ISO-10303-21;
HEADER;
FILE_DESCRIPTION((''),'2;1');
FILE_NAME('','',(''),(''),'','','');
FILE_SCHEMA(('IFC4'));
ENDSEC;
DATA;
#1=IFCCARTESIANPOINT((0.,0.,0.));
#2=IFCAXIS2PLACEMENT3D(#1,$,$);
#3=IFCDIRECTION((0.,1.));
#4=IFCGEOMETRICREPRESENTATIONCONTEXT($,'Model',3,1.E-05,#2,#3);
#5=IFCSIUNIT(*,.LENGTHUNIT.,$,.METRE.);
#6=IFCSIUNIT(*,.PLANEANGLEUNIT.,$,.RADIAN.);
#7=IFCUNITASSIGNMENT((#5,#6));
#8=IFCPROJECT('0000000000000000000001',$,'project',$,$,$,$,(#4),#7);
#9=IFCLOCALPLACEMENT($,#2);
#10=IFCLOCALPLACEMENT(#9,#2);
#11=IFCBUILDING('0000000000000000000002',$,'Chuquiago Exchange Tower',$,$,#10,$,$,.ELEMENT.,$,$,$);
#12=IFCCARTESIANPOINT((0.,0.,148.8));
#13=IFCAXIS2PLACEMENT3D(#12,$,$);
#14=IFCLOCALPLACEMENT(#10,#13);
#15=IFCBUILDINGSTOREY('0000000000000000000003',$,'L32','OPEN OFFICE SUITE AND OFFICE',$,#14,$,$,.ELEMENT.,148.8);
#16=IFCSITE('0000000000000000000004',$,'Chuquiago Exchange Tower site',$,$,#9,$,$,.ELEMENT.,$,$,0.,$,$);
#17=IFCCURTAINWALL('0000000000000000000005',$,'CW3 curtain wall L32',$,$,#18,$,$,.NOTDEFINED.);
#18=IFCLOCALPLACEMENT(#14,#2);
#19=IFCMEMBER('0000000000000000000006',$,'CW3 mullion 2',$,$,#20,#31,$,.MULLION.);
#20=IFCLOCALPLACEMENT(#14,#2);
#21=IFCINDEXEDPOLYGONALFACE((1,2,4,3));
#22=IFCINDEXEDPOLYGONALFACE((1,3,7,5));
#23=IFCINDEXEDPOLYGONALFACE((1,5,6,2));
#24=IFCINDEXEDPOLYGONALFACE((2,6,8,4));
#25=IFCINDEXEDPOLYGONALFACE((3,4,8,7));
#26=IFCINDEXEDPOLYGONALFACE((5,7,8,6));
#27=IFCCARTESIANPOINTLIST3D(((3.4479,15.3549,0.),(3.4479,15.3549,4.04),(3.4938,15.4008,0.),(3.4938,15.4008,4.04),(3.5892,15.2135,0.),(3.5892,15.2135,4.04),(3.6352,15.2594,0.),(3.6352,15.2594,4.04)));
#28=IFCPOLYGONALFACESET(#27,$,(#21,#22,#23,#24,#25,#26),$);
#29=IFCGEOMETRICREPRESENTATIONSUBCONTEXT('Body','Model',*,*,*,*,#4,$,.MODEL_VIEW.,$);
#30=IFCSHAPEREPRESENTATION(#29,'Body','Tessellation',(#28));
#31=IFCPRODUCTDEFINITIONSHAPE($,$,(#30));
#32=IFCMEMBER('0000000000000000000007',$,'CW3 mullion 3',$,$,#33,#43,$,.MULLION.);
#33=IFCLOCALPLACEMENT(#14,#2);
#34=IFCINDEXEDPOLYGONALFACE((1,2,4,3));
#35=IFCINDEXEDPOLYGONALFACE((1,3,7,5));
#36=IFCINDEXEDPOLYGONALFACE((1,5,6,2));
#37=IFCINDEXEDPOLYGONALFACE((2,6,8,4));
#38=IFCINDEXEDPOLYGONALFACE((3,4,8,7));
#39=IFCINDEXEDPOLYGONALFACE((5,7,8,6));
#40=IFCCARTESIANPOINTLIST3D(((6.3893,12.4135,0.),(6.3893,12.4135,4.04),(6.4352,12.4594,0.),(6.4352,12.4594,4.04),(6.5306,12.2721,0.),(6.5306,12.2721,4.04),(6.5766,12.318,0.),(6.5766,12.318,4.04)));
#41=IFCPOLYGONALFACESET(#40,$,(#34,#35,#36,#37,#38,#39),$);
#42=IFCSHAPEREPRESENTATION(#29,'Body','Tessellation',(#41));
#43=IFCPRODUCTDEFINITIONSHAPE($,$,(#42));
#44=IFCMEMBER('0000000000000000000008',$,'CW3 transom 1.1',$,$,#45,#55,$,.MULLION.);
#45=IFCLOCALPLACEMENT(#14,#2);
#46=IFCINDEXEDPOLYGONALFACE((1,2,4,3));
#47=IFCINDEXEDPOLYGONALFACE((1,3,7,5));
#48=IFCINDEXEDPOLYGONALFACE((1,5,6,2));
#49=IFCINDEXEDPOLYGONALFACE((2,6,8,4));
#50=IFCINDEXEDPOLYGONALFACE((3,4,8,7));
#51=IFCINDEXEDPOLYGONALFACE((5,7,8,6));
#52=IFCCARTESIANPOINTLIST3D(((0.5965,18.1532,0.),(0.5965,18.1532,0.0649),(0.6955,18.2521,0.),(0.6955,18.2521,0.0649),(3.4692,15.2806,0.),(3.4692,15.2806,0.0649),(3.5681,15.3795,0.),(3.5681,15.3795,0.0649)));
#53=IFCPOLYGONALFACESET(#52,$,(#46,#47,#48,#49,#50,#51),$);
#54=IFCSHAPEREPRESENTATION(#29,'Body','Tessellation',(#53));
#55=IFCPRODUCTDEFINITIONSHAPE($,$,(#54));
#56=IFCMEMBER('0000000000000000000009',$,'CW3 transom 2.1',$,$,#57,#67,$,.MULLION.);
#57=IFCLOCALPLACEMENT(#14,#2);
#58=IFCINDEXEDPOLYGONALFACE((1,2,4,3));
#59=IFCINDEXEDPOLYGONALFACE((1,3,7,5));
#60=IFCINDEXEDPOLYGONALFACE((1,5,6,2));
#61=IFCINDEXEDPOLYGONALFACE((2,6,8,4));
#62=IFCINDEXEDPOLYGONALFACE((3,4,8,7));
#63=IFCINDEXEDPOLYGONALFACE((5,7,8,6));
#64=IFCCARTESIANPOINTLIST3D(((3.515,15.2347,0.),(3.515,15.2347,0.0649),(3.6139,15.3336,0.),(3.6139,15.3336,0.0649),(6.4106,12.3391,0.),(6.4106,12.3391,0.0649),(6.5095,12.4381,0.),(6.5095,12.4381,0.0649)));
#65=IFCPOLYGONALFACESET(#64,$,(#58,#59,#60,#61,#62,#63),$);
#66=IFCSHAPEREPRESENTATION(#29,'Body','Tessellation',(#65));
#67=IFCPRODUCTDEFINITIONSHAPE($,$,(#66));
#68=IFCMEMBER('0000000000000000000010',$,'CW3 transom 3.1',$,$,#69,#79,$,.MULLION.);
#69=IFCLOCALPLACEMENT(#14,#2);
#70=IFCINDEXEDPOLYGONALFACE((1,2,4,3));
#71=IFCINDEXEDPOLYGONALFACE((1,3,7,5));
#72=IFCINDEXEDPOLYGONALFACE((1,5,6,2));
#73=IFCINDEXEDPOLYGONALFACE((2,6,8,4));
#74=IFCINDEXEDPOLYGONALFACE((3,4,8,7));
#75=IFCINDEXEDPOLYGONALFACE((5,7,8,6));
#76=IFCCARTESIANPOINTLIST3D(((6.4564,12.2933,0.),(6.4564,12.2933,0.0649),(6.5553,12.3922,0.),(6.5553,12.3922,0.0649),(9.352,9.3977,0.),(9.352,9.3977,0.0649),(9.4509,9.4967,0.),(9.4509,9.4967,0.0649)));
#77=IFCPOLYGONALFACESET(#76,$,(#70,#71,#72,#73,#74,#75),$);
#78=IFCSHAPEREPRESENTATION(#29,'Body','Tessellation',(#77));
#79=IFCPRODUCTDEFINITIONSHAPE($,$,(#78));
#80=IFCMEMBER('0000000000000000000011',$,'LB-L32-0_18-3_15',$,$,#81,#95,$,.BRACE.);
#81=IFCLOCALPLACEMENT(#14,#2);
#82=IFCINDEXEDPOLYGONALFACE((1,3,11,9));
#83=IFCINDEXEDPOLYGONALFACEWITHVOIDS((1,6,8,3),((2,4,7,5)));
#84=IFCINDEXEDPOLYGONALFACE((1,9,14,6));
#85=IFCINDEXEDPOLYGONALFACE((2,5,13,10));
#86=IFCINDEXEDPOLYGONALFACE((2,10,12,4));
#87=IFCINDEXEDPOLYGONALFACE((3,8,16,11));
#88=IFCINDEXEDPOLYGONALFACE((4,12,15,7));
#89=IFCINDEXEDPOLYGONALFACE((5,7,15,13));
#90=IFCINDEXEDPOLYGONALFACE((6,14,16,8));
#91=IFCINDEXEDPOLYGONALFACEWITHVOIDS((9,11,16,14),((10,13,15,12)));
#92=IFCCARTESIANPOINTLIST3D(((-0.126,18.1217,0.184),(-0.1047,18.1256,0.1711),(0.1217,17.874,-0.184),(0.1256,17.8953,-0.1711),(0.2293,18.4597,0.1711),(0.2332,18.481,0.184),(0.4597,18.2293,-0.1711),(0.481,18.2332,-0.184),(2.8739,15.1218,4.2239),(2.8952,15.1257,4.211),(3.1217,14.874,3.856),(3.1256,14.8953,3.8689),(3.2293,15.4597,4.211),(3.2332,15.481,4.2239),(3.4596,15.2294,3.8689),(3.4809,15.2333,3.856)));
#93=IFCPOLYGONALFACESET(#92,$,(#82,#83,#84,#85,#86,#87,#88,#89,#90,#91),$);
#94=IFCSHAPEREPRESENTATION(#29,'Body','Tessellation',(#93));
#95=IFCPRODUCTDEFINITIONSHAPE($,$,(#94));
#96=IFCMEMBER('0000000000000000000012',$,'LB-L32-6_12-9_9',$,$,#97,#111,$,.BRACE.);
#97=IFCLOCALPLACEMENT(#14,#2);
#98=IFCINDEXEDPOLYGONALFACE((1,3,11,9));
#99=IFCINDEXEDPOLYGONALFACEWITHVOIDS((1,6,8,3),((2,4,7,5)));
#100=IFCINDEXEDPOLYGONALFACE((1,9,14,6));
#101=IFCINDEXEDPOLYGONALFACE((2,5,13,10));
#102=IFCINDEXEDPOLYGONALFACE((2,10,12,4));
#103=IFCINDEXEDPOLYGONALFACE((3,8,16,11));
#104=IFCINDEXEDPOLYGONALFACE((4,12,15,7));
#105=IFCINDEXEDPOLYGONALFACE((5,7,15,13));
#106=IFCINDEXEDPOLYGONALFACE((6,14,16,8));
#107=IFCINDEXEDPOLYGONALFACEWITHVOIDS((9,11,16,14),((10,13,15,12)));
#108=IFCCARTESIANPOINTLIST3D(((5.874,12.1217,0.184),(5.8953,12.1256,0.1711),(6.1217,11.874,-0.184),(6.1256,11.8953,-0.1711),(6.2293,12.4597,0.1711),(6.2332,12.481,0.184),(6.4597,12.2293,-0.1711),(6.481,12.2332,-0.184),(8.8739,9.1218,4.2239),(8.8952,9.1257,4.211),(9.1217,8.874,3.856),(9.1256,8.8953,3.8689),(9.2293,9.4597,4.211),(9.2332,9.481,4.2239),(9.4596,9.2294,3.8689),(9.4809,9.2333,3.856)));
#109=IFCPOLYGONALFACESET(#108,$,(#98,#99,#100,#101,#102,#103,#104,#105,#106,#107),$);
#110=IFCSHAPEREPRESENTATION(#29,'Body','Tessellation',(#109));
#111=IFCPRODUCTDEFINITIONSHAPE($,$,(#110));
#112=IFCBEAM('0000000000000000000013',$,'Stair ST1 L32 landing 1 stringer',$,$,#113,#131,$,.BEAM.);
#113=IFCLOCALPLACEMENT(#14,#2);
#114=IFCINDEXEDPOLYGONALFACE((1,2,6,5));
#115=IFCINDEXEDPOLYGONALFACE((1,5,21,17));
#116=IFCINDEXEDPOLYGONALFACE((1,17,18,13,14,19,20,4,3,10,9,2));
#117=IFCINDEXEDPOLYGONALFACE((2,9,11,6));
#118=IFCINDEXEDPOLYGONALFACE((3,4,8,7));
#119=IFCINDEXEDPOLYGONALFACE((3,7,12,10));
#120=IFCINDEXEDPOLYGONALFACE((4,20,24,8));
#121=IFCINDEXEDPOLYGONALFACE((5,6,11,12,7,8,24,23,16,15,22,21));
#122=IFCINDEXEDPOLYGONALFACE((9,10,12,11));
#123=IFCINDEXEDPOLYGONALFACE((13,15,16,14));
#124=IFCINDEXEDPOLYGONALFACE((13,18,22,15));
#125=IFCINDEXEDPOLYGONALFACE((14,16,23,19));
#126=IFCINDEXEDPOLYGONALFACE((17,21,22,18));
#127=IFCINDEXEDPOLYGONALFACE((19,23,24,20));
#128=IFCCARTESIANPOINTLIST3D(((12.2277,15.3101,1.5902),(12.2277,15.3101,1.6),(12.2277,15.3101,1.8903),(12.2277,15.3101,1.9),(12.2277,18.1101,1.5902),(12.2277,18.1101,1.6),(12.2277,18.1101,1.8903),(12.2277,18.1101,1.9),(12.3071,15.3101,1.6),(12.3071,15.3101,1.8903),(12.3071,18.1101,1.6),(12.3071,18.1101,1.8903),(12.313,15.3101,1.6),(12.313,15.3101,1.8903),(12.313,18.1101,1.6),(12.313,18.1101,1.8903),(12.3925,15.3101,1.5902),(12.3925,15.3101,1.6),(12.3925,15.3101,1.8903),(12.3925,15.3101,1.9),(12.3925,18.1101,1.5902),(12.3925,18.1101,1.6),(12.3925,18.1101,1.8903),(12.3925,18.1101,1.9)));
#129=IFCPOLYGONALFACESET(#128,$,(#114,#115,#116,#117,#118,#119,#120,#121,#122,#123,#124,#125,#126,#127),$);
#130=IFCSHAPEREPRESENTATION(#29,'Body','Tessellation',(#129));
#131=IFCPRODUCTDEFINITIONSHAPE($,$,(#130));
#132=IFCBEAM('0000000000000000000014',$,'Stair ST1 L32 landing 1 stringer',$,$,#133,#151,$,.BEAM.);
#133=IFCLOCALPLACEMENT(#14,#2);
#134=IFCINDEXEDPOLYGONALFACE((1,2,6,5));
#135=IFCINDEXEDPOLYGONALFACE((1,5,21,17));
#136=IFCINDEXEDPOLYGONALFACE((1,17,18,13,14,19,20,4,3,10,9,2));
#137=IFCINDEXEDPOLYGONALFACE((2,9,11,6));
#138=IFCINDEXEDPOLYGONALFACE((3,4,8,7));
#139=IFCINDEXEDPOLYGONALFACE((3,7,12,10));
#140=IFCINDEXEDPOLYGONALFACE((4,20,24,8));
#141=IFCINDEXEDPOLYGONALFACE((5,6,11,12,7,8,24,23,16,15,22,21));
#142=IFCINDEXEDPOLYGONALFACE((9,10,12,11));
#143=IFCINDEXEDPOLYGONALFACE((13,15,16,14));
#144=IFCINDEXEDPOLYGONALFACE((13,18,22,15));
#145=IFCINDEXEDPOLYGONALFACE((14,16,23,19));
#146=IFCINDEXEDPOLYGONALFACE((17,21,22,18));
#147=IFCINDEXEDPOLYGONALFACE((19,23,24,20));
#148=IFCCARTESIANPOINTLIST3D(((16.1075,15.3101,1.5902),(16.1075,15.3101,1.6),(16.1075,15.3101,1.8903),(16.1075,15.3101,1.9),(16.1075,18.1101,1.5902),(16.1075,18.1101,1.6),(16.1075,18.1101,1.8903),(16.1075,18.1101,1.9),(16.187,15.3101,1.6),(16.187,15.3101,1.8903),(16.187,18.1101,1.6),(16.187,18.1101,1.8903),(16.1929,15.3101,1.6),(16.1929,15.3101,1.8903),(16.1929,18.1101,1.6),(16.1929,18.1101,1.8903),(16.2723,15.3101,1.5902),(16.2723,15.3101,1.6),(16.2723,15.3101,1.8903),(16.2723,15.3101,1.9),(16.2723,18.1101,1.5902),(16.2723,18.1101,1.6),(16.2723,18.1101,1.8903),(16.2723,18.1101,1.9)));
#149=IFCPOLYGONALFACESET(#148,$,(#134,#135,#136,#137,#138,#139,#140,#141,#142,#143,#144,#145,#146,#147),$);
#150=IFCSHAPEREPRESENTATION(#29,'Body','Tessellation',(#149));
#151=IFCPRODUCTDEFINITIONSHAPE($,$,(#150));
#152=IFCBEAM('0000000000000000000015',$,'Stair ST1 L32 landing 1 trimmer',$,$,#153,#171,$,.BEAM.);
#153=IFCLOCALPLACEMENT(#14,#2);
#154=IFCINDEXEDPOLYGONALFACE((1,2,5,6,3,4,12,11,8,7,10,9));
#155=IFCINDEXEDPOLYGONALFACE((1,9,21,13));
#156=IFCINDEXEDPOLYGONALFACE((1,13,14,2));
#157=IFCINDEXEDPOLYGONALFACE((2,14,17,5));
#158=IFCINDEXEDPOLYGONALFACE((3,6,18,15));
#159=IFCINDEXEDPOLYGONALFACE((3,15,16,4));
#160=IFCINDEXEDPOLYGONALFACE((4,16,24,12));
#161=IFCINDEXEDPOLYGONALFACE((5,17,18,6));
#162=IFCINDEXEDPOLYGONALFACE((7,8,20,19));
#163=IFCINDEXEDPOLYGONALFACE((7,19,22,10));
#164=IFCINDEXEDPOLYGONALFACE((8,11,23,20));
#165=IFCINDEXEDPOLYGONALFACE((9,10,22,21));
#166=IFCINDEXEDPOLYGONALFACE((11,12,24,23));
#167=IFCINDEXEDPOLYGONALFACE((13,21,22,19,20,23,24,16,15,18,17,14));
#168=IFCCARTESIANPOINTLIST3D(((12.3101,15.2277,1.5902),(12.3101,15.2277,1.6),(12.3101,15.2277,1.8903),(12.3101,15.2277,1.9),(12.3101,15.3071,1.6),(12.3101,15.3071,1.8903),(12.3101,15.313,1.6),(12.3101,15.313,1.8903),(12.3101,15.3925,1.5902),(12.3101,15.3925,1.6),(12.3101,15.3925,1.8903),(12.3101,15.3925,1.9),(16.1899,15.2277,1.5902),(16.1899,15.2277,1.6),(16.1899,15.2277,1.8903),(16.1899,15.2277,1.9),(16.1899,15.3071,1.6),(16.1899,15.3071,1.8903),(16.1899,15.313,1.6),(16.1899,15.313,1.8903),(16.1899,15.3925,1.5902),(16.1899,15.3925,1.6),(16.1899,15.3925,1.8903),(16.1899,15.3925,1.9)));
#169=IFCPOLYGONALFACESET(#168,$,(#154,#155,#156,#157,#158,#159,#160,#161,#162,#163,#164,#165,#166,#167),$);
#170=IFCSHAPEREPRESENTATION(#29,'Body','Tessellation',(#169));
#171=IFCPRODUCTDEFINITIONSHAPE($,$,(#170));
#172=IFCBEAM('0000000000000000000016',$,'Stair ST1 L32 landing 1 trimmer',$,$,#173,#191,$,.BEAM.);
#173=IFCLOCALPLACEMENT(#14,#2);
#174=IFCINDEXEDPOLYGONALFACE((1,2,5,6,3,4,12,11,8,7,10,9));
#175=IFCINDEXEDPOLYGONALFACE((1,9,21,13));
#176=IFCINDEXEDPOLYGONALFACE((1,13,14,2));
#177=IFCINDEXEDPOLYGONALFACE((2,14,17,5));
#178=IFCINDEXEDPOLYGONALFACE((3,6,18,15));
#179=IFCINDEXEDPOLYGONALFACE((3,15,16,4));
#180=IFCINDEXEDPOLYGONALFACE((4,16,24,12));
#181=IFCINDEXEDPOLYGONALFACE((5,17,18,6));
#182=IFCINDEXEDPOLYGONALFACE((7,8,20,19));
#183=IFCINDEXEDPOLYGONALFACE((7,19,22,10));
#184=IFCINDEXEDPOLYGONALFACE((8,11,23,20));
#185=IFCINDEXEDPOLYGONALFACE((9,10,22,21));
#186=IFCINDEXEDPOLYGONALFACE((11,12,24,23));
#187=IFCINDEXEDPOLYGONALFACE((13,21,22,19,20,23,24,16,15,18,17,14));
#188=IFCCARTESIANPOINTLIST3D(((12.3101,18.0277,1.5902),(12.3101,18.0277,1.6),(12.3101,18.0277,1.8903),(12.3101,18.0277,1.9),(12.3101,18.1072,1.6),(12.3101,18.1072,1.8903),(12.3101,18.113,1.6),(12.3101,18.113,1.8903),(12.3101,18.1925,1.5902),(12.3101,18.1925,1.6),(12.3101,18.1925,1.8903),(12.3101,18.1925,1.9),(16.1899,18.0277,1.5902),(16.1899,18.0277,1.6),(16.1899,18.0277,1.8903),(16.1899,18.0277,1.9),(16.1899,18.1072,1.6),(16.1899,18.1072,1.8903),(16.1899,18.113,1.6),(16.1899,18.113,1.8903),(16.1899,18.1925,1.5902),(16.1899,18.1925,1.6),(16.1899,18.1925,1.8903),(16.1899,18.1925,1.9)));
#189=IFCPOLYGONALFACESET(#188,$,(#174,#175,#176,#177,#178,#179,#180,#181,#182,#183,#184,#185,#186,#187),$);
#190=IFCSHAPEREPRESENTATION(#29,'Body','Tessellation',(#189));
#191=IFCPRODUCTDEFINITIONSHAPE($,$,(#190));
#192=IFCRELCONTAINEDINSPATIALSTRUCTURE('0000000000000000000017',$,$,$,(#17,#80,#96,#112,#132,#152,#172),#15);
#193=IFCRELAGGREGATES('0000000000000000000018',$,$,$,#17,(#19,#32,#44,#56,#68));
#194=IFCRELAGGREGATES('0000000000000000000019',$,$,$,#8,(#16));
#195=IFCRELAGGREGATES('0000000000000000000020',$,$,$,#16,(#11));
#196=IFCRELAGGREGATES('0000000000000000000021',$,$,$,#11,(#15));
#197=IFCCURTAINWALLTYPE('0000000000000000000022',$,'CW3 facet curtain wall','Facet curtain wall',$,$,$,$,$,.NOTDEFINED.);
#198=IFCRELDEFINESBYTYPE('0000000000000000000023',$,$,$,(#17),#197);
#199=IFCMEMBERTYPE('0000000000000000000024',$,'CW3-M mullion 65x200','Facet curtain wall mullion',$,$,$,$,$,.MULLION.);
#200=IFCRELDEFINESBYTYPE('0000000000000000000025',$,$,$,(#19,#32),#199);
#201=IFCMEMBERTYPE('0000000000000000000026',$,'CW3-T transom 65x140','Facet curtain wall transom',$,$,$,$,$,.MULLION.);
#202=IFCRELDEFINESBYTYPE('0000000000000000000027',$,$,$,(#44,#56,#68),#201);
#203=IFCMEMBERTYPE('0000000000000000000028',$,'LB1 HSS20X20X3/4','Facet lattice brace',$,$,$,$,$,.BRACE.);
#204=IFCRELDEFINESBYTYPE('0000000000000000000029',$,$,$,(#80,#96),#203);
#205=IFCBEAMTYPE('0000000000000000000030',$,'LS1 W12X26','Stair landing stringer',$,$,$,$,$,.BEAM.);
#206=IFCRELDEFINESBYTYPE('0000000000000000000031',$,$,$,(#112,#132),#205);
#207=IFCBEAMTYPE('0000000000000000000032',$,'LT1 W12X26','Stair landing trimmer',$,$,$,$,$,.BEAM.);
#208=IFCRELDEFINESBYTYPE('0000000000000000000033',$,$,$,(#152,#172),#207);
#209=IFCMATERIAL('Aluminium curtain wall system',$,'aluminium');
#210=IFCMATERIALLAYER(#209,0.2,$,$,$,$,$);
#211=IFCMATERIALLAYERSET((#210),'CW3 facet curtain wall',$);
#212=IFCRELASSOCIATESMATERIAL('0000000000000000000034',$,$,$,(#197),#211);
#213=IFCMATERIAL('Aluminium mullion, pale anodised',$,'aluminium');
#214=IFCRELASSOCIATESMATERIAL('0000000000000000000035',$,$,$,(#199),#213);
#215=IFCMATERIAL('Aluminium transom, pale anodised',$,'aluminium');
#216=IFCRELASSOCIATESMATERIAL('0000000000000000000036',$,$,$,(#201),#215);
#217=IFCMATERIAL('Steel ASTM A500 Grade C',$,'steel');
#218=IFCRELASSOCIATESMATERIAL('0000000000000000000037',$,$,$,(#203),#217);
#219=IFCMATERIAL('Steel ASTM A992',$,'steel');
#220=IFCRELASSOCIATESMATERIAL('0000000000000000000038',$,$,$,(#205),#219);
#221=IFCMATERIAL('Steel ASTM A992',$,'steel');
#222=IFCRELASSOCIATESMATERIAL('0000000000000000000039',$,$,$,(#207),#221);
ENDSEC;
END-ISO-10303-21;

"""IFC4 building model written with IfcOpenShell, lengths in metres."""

from ifc_helpers import new_model, si_unit, direction, frame, origin, origin_2d, place, context, subcontext, project, spatial, rectangle, hollow_rectangle, i_section, extrude, material, layer, layer_set, material_profile, profile_set, type_object, element, aggregate, save


model = new_model("IFC4")

# Units and contexts
model_context = context("Model", 3, precision=1e-05, world=origin(), true_north=direction((0.0, 1.0)))
body_context = subcontext(model_context, "Body", "Model", "MODEL_VIEW")
ifc_project = project(units=[si_unit("LENGTHUNIT", "METRE"), si_unit("PLANEANGLEUNIT", "RADIAN")], contexts=[model_context])

# Site, building, storey
site_placement = place(None, origin())
site = spatial("IfcSite", under=ifc_project, at=site_placement, Name="Chuquiago Exchange Tower site", CompositionType="ELEMENT", RefElevation=0.0)
building_placement = place(site_placement, origin())
building = spatial("IfcBuilding", under=site, at=building_placement, Name="Chuquiago Exchange Tower", CompositionType="ELEMENT")
storey_placement = place(building_placement, frame((0.0, 0.0, 148.8)))
storey = spatial("IfcBuildingStorey", under=building, at=storey_placement, Name="L32", Description="OPEN OFFICE SUITE AND OFFICE", CompositionType="ELEMENT", Elevation=148.8)

# Curtain wall, members
ifc_material_1 = material(Name="Aluminium curtain wall system", Category="aluminium")
ifc_layer_1 = layer(ifc_material_1, 0.2)
ifc_layer_set_1 = layer_set([ifc_layer_1], Name="CW3 facet curtain wall")
curtain_wall_type_1 = type_object("IfcCurtainWallType", Name="CW3 facet curtain wall", Description="Facet curtain wall", PredefinedType="NOTDEFINED", material=ifc_layer_set_1)
curtain_wall_1_placement = place(storey_placement, origin())
curtain_wall_1 = element("IfcCurtainWall", 1, at=curtain_wall_1_placement, inside=storey, type_object=curtain_wall_type_1, Name="CW3 curtain wall L32", PredefinedType="NOTDEFINED")
ifc_material_2 = material(Name="Aluminium mullion, pale anodised", Category="aluminium")
ifc_material_profile_1 = material_profile(ifc_material_2, rectangle(XDim=0.0649, YDim=0.2, at=origin_2d()), Name="AL 65x200")
ifc_profile_set_1 = profile_set([ifc_material_profile_1], Name="Aluminium mullion, pale anodised")
member_type_1 = type_object("IfcMemberType", Name="CW3-M mullion 65x200", Description="Facet curtain wall mullion", PredefinedType="MULLION", material=ifc_profile_set_1)
member_1_placement = place(storey_placement, frame((3.5415, 15.3071, 0.0), z_axis=(0.0, 0.0, 1.0), x_axis=(0.707107, 0.707107, 0.0)))
member_1 = element("IfcMember", 2, at=member_1_placement, type_object=member_type_1, Name="CW3 mullion 2", PredefinedType="MULLION", context=body_context, shape_type="SweptSolid", body=[
    extrude(rectangle(XDim=0.0649, YDim=0.2, at=origin_2d()), origin(), (0.0, 0.0, 1.0), 4.04),
])
member_2_placement = place(storey_placement, frame((6.4829, 12.3657, 0.0), z_axis=(0.0, 0.0, 1.0), x_axis=(0.707107, 0.707107, 0.0)))
member_2 = element("IfcMember", 3, at=member_2_placement, type_object=member_type_1, Name="CW3 mullion 3", PredefinedType="MULLION", context=body_context, shape_type="SweptSolid", body=[
    extrude(rectangle(XDim=0.0649, YDim=0.2, at=origin_2d()), origin(), (0.0, 0.0, 1.0), 4.04),
])
ifc_material_3 = material(Name="Aluminium transom, pale anodised", Category="aluminium")
ifc_material_profile_2 = material_profile(ifc_material_3, rectangle(XDim=0.1399, YDim=0.0649, at=origin_2d()), Name="AL 140x65")
ifc_profile_set_2 = profile_set([ifc_material_profile_2], Name="Aluminium transom, pale anodised")
member_type_2 = type_object("IfcMemberType", Name="CW3-T transom 65x140", Description="Facet curtain wall transom", PredefinedType="MULLION", material=ifc_profile_set_2)
member_3_placement = place(storey_placement, frame((0.646, 18.2026, 0.0325), z_axis=(0.707107, -0.707107, 0.0), x_axis=(0.707107, 0.707107, 0.0)))
member_3 = element("IfcMember", 4, at=member_3_placement, type_object=member_type_2, Name="CW3 transom 1.1", PredefinedType="MULLION", context=body_context, shape_type="SweptSolid", body=[
    extrude(rectangle(XDim=0.1399, YDim=0.0649, at=origin_2d()), origin(), (0.0, 0.0, 1.0), 4.0625),
])
member_4_placement = place(storey_placement, frame((3.5645, 15.2842, 0.0325), z_axis=(0.707107, -0.707107, 0.0), x_axis=(0.707107, 0.707107, 0.0)))
member_4 = element("IfcMember", 5, at=member_4_placement, type_object=member_type_2, Name="CW3 transom 2.1", PredefinedType="MULLION", context=body_context, shape_type="SweptSolid", body=[
    extrude(rectangle(XDim=0.1399, YDim=0.0649, at=origin_2d()), origin(), (0.0, 0.0, 1.0), 4.095),
])
member_5_placement = place(storey_placement, frame((6.5059, 12.3428, 0.0325), z_axis=(0.707107, -0.707107, 0.0), x_axis=(0.707107, 0.707107, 0.0)))
member_5 = element("IfcMember", 6, at=member_5_placement, type_object=member_type_2, Name="CW3 transom 3.1", PredefinedType="MULLION", context=body_context, shape_type="SweptSolid", body=[
    extrude(rectangle(XDim=0.1399, YDim=0.0649, at=origin_2d()), origin(), (0.0, 0.0, 1.0), 4.095),
])

# Members
ifc_material_4 = material(Name="Steel ASTM A500 Grade C", Category="steel")
ifc_material_profile_3 = material_profile(ifc_material_4, hollow_rectangle(XDim=0.5081, YDim=0.5081, WallThickness=0.0178, at=origin_2d()), Name="HSS20X20X3/4")
ifc_profile_set_3 = profile_set([ifc_material_profile_3], Name="Steel ASTM A500 Grade C")
member_type_3 = type_object("IfcMemberType", Name="LB1 HSS20X20X3/4", Description="Facet lattice brace", PredefinedType="BRACE", material=ifc_profile_set_3)
for number, where, z_axis, x_axis, name in (
    (7, (0.1775, 18.1775, 0.0), (0.512077, -0.512077, 0.689604), (0.707107, 0.707107, 0.0), "LB-L32-0_18-3_15"),
    (8, (6.1775, 12.1775, 0.0), (0.512077, -0.512077, 0.689604), (0.707107, 0.707107, 0.0), "LB-L32-6_12-9_9"),
):
    element("IfcMember", number, at=place(storey_placement, frame(where, z_axis=z_axis, x_axis=x_axis)), inside=storey, type_object=member_type_3, Name=name, PredefinedType="BRACE", context=body_context, shape_type="SweptSolid", body=[
        extrude(hollow_rectangle(XDim=0.5081, YDim=0.5081, WallThickness=0.0178, at=origin_2d()), origin(), (0.0, 0.0, 1.0), 5.8584),
    ])

# Beams
ifc_material_5 = material(Name="Steel ASTM A992", Category="steel")
ifc_material_profile_4 = material_profile(ifc_material_5, i_section(OverallWidth=0.1648, OverallDepth=0.3098, WebThickness=0.0059, FlangeThickness=0.0098, at=origin_2d()), Name="W12X26")
ifc_profile_set_4 = profile_set([ifc_material_profile_4], Name="Steel ASTM A992")
beam_type_1 = type_object("IfcBeamType", Name="LS1 W12X26", Description="Stair landing stringer", PredefinedType="BEAM", material=ifc_profile_set_4)
for number, where, z_axis, x_axis, name in (
    (9, (12.3101, 15.3101, 1.7451), (0.0, 1.0, 0.0), (-1.0, 0.0, 0.0), "Stair ST1 L32 landing 1 stringer"),
    (10, (16.1899, 15.3101, 1.7451), (0.0, 1.0, 0.0), (-1.0, 0.0, 0.0), "Stair ST1 L32 landing 1 stringer"),
):
    element("IfcBeam", number, at=place(storey_placement, frame(where, z_axis=z_axis, x_axis=x_axis)), inside=storey, type_object=beam_type_1, Name=name, PredefinedType="BEAM", context=body_context, shape_type="SweptSolid", body=[
        extrude(i_section(OverallWidth=0.1648, OverallDepth=0.3098, WebThickness=0.0059, FlangeThickness=0.0098, at=origin_2d()), origin(), (0.0, 0.0, 1.0), 2.8),
    ])
ifc_material_6 = material(Name="Steel ASTM A992", Category="steel")
ifc_material_profile_5 = material_profile(ifc_material_6, i_section(OverallWidth=0.1648, OverallDepth=0.3098, WebThickness=0.0059, FlangeThickness=0.0098, at=origin_2d()), Name="W12X26")
ifc_profile_set_5 = profile_set([ifc_material_profile_5], Name="Steel ASTM A992")
beam_type_2 = type_object("IfcBeamType", Name="LT1 W12X26", Description="Stair landing trimmer", PredefinedType="BEAM", material=ifc_profile_set_5)
for number, where, z_axis, x_axis, name in (
    (11, (12.3101, 15.3101, 1.7451), (1.0, 0.0, 0.0), (0.0, 1.0, 0.0), "Stair ST1 L32 landing 1 trimmer"),
    (12, (12.3101, 18.1101, 1.7451), (1.0, 0.0, 0.0), (0.0, 1.0, 0.0), "Stair ST1 L32 landing 1 trimmer"),
):
    element("IfcBeam", number, at=place(storey_placement, frame(where, z_axis=z_axis, x_axis=x_axis)), inside=storey, type_object=beam_type_2, Name=name, PredefinedType="BEAM", context=body_context, shape_type="SweptSolid", body=[
        extrude(i_section(OverallWidth=0.1648, OverallDepth=0.3098, WebThickness=0.0059, FlangeThickness=0.0098, at=origin_2d()), origin(), (0.0, 0.0, 1.0), 3.8799),
    ])

aggregate(curtain_wall_1, [member_1, member_2, member_3, member_4, member_5])

save(model, "model.ifc")
